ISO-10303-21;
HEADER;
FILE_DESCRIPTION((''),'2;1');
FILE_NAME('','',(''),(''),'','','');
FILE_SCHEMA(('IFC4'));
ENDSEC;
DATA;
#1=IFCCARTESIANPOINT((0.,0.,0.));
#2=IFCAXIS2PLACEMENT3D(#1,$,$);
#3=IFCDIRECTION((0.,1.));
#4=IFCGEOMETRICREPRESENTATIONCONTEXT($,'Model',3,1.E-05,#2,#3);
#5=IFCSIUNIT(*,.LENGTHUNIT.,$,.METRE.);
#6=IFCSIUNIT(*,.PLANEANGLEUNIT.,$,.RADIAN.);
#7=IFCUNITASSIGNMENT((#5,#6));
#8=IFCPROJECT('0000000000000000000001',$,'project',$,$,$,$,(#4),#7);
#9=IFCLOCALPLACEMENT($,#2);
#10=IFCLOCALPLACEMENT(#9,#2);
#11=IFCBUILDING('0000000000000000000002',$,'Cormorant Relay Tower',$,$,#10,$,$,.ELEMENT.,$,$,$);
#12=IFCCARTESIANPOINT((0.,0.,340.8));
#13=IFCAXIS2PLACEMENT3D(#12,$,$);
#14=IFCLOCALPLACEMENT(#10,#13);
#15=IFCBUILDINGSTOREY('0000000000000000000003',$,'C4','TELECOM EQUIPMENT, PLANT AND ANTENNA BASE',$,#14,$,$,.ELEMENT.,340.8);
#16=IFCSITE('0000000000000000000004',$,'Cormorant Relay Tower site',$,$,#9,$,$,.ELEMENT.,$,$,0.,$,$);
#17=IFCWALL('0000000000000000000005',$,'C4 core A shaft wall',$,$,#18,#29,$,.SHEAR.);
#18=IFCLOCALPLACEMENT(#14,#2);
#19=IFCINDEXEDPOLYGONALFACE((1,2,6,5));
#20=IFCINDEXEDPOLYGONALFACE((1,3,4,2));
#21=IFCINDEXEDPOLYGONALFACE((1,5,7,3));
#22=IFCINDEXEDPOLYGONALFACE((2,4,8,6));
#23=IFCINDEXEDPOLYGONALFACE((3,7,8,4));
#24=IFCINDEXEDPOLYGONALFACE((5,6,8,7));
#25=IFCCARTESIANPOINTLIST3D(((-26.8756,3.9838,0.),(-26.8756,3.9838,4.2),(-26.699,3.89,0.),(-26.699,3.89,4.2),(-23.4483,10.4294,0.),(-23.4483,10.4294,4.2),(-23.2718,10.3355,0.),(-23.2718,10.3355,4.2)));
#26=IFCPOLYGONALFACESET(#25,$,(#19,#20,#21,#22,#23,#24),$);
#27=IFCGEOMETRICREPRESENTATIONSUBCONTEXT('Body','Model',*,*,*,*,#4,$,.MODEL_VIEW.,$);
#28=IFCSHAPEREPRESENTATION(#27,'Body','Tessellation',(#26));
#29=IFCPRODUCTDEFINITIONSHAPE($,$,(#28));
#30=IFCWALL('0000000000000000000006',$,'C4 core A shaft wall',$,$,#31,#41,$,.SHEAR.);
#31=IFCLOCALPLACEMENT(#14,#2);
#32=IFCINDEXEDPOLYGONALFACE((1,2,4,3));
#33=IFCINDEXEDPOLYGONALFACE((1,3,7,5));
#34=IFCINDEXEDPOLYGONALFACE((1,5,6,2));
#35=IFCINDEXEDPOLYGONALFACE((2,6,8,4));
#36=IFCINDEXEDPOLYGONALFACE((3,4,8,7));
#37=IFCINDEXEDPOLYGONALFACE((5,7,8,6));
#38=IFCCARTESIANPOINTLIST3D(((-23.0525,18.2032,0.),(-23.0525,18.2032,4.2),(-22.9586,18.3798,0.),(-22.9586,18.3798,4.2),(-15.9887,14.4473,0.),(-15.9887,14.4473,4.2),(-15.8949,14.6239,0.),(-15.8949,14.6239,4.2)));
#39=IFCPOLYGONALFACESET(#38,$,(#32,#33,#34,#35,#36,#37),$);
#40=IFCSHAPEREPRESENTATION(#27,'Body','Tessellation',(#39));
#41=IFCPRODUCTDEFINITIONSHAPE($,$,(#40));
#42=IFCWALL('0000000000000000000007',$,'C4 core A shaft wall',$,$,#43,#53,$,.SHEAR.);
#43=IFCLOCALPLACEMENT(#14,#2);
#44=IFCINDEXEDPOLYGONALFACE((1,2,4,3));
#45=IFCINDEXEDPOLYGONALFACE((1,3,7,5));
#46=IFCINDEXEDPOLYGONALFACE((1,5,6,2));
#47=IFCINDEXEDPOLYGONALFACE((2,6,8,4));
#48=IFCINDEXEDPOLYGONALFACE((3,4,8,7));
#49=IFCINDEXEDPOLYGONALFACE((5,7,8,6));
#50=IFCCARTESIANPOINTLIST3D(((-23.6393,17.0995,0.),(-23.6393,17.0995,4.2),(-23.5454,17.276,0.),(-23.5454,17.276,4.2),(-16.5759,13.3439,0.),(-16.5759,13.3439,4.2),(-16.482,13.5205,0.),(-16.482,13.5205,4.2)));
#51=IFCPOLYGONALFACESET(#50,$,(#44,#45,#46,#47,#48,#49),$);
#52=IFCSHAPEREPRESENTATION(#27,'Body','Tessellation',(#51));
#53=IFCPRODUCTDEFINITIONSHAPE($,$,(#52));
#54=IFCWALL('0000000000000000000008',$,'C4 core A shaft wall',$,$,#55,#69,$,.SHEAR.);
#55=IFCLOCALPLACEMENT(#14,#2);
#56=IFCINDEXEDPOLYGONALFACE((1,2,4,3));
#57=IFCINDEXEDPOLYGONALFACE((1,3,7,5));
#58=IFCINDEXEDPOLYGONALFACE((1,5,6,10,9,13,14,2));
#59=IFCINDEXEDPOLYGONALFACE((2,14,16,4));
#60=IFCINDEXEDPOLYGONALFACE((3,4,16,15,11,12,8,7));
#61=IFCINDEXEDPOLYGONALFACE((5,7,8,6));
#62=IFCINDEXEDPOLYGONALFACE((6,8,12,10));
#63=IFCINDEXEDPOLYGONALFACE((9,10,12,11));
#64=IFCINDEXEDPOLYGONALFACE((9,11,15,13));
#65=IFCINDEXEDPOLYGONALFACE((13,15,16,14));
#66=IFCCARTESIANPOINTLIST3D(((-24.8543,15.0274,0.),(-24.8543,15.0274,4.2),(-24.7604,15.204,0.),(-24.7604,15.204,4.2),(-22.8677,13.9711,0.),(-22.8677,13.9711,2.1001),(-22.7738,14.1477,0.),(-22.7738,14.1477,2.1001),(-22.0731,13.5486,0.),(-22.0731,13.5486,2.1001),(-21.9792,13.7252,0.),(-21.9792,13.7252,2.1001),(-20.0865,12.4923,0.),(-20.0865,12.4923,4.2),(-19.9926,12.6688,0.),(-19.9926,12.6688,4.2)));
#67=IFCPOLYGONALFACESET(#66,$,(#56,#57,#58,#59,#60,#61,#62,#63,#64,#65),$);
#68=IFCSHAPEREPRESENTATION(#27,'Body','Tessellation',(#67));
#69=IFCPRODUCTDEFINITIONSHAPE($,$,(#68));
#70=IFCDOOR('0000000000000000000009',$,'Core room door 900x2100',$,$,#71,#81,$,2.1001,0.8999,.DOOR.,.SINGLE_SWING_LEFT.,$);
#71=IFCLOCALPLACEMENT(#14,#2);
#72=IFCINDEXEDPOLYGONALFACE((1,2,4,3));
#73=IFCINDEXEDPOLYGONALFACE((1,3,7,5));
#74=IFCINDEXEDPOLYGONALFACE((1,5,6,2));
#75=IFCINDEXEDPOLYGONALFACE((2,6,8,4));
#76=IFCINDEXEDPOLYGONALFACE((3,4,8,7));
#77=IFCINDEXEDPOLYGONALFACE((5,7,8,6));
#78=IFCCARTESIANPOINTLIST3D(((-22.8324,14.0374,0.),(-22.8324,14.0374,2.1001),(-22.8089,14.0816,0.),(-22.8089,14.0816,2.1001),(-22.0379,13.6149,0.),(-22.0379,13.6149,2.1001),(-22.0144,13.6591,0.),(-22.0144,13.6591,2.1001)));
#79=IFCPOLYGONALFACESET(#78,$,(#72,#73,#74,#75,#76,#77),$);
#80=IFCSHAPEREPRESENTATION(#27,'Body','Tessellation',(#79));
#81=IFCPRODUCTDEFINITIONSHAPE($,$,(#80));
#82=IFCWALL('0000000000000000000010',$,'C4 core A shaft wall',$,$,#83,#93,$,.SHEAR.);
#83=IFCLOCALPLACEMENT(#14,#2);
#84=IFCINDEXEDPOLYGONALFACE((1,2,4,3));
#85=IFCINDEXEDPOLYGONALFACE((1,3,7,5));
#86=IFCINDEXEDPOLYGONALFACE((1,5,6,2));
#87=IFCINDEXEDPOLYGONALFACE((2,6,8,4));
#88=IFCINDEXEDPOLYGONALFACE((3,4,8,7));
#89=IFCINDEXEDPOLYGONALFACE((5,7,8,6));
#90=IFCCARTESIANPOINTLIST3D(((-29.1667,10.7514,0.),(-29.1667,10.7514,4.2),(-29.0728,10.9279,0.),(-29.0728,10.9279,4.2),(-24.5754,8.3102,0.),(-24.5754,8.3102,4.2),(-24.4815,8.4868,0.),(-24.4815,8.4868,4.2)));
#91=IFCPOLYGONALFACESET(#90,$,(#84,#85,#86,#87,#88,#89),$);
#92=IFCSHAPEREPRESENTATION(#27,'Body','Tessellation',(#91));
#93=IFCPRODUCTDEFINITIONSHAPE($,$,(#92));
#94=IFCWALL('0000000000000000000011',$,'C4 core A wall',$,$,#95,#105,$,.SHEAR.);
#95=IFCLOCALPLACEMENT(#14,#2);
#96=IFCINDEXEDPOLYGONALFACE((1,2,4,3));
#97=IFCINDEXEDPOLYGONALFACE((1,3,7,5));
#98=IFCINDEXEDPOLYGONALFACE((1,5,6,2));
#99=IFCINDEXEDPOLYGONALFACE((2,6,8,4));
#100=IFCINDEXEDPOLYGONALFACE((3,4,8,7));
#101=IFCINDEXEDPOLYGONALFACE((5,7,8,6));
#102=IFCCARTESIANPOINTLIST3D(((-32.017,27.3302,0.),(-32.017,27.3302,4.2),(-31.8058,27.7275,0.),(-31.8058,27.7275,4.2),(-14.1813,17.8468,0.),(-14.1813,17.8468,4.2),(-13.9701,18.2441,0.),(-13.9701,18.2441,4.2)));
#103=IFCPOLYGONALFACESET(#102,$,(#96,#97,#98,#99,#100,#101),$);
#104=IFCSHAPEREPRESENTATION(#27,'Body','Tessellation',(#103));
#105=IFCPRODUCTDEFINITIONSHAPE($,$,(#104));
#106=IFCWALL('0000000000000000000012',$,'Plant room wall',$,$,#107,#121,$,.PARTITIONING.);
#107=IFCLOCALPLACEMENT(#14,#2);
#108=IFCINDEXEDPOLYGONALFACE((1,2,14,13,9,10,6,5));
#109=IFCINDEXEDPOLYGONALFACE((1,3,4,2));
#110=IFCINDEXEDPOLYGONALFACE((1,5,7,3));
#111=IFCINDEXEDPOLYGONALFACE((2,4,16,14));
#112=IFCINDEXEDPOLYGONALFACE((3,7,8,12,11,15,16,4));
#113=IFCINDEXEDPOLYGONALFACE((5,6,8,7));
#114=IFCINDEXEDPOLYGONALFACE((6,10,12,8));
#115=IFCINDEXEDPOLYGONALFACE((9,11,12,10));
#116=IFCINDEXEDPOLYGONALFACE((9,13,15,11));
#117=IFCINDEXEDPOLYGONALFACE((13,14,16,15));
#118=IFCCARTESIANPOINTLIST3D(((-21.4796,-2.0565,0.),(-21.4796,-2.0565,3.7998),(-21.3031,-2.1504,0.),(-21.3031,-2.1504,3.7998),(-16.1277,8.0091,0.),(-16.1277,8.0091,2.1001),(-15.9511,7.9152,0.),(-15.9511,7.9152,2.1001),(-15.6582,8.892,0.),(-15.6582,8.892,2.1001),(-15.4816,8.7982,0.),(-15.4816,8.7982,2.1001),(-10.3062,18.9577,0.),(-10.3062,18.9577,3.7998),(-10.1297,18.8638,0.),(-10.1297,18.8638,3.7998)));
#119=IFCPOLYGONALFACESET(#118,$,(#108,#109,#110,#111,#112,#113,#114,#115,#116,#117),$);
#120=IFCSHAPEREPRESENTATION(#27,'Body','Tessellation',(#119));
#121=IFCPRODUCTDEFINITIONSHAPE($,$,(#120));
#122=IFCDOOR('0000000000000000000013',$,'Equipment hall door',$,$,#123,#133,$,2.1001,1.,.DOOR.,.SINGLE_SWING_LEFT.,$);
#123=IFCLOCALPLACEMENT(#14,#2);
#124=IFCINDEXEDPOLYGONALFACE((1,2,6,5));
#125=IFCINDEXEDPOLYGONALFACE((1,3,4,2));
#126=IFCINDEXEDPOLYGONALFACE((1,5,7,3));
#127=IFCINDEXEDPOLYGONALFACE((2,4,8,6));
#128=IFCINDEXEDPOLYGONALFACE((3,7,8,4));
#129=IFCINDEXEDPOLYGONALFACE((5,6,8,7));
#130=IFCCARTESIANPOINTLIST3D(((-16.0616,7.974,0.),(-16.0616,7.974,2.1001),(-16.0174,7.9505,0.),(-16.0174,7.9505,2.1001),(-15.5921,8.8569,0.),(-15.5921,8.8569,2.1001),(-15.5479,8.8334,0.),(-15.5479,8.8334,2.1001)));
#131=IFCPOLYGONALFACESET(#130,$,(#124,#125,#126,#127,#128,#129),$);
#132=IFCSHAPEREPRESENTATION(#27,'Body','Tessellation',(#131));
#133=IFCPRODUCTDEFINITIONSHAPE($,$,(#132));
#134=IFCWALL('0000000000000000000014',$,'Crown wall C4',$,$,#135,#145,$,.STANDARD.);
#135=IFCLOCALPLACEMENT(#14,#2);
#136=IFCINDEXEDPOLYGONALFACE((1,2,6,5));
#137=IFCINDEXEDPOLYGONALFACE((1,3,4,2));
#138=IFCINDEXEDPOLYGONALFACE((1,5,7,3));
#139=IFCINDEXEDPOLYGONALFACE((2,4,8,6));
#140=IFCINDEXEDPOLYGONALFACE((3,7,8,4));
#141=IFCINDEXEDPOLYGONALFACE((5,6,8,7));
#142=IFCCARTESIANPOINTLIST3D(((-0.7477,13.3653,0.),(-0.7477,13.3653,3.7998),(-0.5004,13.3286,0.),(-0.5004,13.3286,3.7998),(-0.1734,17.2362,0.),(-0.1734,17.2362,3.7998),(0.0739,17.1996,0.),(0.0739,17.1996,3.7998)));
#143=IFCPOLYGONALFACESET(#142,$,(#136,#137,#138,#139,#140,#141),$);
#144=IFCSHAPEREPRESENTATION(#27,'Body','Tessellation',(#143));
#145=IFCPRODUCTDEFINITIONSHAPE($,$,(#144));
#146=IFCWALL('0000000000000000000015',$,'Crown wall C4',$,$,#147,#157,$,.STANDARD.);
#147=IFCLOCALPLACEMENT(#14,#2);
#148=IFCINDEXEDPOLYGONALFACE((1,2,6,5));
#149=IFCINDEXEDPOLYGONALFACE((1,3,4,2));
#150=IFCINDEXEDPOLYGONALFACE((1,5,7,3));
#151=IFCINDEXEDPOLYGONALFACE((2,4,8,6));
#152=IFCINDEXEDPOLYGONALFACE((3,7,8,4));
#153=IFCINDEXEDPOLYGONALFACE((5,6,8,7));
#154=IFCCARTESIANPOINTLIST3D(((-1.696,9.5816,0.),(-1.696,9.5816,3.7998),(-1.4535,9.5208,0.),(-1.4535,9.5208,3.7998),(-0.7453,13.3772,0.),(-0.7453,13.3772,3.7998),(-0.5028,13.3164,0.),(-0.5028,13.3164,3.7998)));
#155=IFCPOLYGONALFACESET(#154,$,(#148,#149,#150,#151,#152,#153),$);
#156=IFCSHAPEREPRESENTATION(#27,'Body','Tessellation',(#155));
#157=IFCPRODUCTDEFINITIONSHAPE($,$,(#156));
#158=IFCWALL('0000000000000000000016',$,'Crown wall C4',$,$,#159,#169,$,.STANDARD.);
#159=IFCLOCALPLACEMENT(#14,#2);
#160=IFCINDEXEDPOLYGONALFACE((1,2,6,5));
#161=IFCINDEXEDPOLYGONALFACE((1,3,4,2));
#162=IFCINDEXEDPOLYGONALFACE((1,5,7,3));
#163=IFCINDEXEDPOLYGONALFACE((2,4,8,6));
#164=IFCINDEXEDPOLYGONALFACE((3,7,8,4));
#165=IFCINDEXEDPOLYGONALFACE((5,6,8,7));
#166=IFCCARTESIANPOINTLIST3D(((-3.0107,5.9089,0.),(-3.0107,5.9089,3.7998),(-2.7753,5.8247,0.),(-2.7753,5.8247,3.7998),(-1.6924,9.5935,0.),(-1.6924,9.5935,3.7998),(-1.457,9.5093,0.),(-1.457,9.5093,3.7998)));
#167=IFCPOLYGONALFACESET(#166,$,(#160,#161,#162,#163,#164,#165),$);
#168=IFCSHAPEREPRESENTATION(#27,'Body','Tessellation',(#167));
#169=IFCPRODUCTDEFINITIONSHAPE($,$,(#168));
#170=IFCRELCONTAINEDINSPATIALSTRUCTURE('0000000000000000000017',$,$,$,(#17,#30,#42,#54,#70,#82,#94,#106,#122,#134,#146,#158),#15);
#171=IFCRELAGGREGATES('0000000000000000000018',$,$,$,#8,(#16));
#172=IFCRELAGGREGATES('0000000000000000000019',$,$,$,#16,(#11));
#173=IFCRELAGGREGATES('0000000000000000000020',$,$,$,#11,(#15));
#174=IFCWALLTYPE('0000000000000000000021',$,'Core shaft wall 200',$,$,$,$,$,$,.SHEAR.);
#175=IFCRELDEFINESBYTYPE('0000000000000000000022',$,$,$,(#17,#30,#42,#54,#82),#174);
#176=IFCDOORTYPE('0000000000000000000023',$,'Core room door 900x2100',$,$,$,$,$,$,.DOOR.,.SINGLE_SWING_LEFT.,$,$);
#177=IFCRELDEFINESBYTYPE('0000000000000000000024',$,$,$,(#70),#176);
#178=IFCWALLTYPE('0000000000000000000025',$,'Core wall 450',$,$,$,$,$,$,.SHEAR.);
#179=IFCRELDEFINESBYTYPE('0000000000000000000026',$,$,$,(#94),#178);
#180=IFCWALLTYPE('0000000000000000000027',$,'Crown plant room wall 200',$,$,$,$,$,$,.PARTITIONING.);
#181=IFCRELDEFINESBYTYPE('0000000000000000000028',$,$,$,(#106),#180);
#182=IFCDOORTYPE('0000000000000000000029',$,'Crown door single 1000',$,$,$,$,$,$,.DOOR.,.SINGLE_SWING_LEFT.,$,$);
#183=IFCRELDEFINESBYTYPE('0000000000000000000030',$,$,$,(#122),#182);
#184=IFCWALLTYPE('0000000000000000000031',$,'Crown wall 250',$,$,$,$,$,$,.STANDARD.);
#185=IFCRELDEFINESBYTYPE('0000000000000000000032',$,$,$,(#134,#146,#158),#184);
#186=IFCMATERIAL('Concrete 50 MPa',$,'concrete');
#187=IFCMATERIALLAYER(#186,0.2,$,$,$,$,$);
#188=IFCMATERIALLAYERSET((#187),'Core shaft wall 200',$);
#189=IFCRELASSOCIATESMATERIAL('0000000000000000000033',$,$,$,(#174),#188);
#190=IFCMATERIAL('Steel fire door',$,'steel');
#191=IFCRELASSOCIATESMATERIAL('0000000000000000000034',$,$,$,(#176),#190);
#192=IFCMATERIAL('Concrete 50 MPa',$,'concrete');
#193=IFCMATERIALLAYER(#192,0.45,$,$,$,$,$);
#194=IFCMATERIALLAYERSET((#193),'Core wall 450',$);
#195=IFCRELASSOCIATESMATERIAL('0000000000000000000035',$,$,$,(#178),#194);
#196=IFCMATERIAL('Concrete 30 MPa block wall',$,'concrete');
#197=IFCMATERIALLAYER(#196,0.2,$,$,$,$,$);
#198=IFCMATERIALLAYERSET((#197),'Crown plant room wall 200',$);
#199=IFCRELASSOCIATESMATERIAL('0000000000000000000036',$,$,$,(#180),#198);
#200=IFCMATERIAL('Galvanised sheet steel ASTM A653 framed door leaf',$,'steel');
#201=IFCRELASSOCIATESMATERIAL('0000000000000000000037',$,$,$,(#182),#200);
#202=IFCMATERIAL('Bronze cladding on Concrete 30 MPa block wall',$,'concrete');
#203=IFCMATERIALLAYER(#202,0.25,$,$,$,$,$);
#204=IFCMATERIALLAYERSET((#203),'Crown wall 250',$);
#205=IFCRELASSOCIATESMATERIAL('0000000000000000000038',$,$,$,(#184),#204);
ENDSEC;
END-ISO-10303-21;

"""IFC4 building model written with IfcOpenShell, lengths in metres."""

from ifc_helpers import new_model, si_unit, direction, frame, frame_2d, origin, place, context, subcontext, project, spatial, rectangle, extrude, material, layer, layer_set, type_object, element, fill, save


model = new_model("IFC4")

# Units and contexts
model_context = context("Model", 3, precision=1e-05, world=origin(), true_north=direction((0.0, 1.0)))
body_context = subcontext(model_context, "Body", "Model", "MODEL_VIEW")
ifc_project = project(units=[si_unit("LENGTHUNIT", "METRE"), si_unit("PLANEANGLEUNIT", "RADIAN")], contexts=[model_context])

# Site, building, storey
site_placement = place(None, origin())
site = spatial("IfcSite", under=ifc_project, at=site_placement, Name="Cormorant Relay Tower site", CompositionType="ELEMENT", RefElevation=0.0)
building_placement = place(site_placement, origin())
building = spatial("IfcBuilding", under=site, at=building_placement, Name="Cormorant Relay Tower", CompositionType="ELEMENT")
storey_placement = place(building_placement, frame((0.0, 0.0, 340.8)))
storey = spatial("IfcBuildingStorey", under=building, at=storey_placement, Name="C4", Description="TELECOM EQUIPMENT, PLANT AND ANTENNA BASE", CompositionType="ELEMENT", Elevation=340.8)

# Walls
ifc_material_1 = material(Name="Concrete 50 MPa", Category="concrete")
ifc_layer_1 = layer(ifc_material_1, 0.2)
ifc_layer_set_1 = layer_set([ifc_layer_1], Name="Core shaft wall 200")
wall_type_1 = type_object("IfcWallType", Name="Core shaft wall 200", PredefinedType="SHEAR", material=ifc_layer_set_1)
wall_1_placement = place(storey_placement, frame((-23.3601, 10.3823, 0.0), z_axis=(0.0, 0.0, 1.0), x_axis=(-0.46948, -0.882943, 0.0)))
element("IfcWall", 1, at=wall_1_placement, inside=storey, type_object=wall_type_1, Name="C4 core A shaft wall", PredefinedType="SHEAR", context=body_context, shape_type="SweptSolid", body=[
    extrude(rectangle(XDim=7.3, YDim=0.2, at=frame_2d((3.6499, 0.0))), origin(), (0.0, 0.0, 1.0), 4.2),
])
wall_2_placement = place(storey_placement, frame((-15.9419, 14.5356, 0.0), z_axis=(0.0, 0.0, 1.0), x_axis=(-0.882947, 0.469473, 0.0)))
element("IfcWall", 2, at=wall_2_placement, inside=storey, type_object=wall_type_1, Name="C4 core A shaft wall", PredefinedType="SHEAR", context=body_context, shape_type="SweptSolid", body=[
    extrude(rectangle(XDim=8.0002, YDim=0.2, at=frame_2d((4.0, 0.0))), origin(), (0.0, 0.0, 1.0), 4.2),
])
wall_3_placement = place(storey_placement, frame((-16.5288, 13.4321, 0.0), z_axis=(0.0, 0.0, 1.0), x_axis=(-0.882953, 0.469462, 0.0)))
element("IfcWall", 3, at=wall_3_placement, inside=storey, type_object=wall_type_1, Name="C4 core A shaft wall", PredefinedType="SHEAR", context=body_context, shape_type="SweptSolid", body=[
    extrude(rectangle(XDim=7.9998, YDim=0.2, at=frame_2d((4.0, 0.0))), origin(), (0.0, 0.0, 1.0), 4.2),
])

# Wall, opening, door
wall_4_placement = place(storey_placement, frame((-20.0396, 12.5806, 0.0), z_axis=(0.0, 0.0, 1.0), x_axis=(-0.882943, 0.46948, 0.0)))
wall_4 = element("IfcWall", 4, at=wall_4_placement, inside=storey, type_object=wall_type_1, Name="C4 core A shaft wall", PredefinedType="SHEAR", context=body_context, shape_type="SweptSolid", body=[
    extrude(rectangle(XDim=5.3999, YDim=0.2, at=frame_2d((2.7, 0.0))), origin(), (0.0, 0.0, 1.0), 4.2),
])
opening_1_placement = place(wall_4_placement, frame((2.25, 0.0, 0.0)))
opening_1 = element("IfcOpeningElement", 5, at=opening_1_placement, cuts=wall_4, PredefinedType="OPENING", context=body_context, shape_type="SweptSolid", body=[
    extrude(rectangle(XDim=0.8999, YDim=2.1001, at=frame_2d((0.45, 1.05))), frame((0.0, 0.1099, 0.0), z_axis=(0.0, -1.0, 0.0), x_axis=(1.0, 0.0, 0.0)), (0.0, 0.0, 1.0), 0.22),
])
ifc_material_2 = material(Name="Steel fire door", Category="steel")
door_type_1 = type_object("IfcDoorType", Name="Core room door 900x2100", OperationType="SINGLE_SWING_LEFT", PredefinedType="DOOR", material=ifc_material_2)
door_1_placement = place(opening_1_placement, origin())
door_1 = element("IfcDoor", 6, at=door_1_placement, inside=storey, type_object=door_type_1, Name="Core room door 900x2100", OperationType="SINGLE_SWING_LEFT", OverallHeight=2.1001, OverallWidth=0.8999, PredefinedType="DOOR", context=body_context, shape_type="SweptSolid", body=[
    extrude(rectangle(XDim=0.8999, YDim=2.1001, at=frame_2d((0.45, 1.05))), frame((0.0, 0.0249, 0.0), z_axis=(0.0, -1.0, 0.0), x_axis=(1.0, 0.0, 0.0)), (0.0, 0.0, 1.0), 0.05),
])
fill(opening_1, door_1)

# Wall
wall_5_placement = place(storey_placement, frame((-24.5283, 8.3984, 0.0), z_axis=(0.0, 0.0, 1.0), x_axis=(-0.882954, 0.46946, 0.0)))
element("IfcWall", 7, at=wall_5_placement, inside=storey, type_object=wall_type_1, Name="C4 core A shaft wall", PredefinedType="SHEAR", context=body_context, shape_type="SweptSolid", body=[
    extrude(rectangle(XDim=5.2, YDim=0.2, at=frame_2d((2.6001, 0.0))), origin(), (0.0, 0.0, 1.0), 4.2),
])

# Shared definitions
ifc_material_3 = material(Name="Concrete 50 MPa", Category="concrete")
ifc_layer_2 = layer(ifc_material_3, 0.45)
ifc_layer_set_2 = layer_set([ifc_layer_2], Name="Core wall 450")
wall_type_2 = type_object("IfcWallType", Name="Core wall 450", PredefinedType="SHEAR", material=ifc_layer_set_2)

# Wall
wall_6_placement = place(storey_placement, frame((-14.0757, 18.0454, 0.0), z_axis=(0.0, 0.0, 1.0), x_axis=(-0.882948, 0.469471, 0.0)))
element("IfcWall", 8, at=wall_6_placement, inside=storey, type_object=wall_type_2, Name="C4 core A wall", PredefinedType="SHEAR", context=body_context, shape_type="SweptSolid", body=[
    extrude(rectangle(XDim=20.2002, YDim=0.45, at=frame_2d((10.1001, 0.0))), origin(), (0.0, 0.0, 1.0), 4.2),
])

# Wall, opening, door
ifc_material_4 = material(Name="Concrete 30 MPa block wall", Category="concrete")
ifc_layer_3 = layer(ifc_material_4, 0.2)
ifc_layer_set_3 = layer_set([ifc_layer_3], Name="Crown plant room wall 200")
wall_type_3 = type_object("IfcWallType", Name="Crown plant room wall 200", PredefinedType="PARTITIONING", material=ifc_layer_set_3)
wall_7_placement = place(storey_placement, frame((-10.218, 18.9106, 0.0), z_axis=(0.0, 0.0, 1.0), x_axis=(-0.469469, -0.882949, 0.0)))
wall_7 = element("IfcWall", 9, at=wall_7_placement, inside=storey, type_object=wall_type_3, Name="Plant room wall", PredefinedType="PARTITIONING", context=body_context, shape_type="SweptSolid", body=[
    extrude(rectangle(XDim=23.8, YDim=0.2, at=frame_2d((11.8999, 0.0))), origin(), (0.0, 0.0, 1.0), 3.7998),
])
opening_2_placement = place(wall_7_placement, frame((11.3999, 0.0, 0.0)))
opening_2 = element("IfcOpeningElement", 10, at=opening_2_placement, cuts=wall_7, PredefinedType="OPENING", context=body_context, shape_type="SweptSolid", body=[
    extrude(rectangle(XDim=1.0, YDim=2.1001, at=frame_2d((0.5, 1.05))), frame((0.0, 0.1099, 0.0), z_axis=(0.0, -1.0, 0.0), x_axis=(1.0, 0.0, 0.0)), (0.0, 0.0, 1.0), 0.22),
])
ifc_material_5 = material(Name="Galvanised sheet steel ASTM A653 framed door leaf", Category="steel")
door_type_2 = type_object("IfcDoorType", Name="Crown door single 1000", OperationType="SINGLE_SWING_LEFT", PredefinedType="DOOR", material=ifc_material_5)
door_2_placement = place(opening_2_placement, origin())
door_2 = element("IfcDoor", 11, at=door_2_placement, inside=storey, type_object=door_type_2, Name="Equipment hall door", OperationType="SINGLE_SWING_LEFT", OverallHeight=2.1001, OverallWidth=1.0, PredefinedType="DOOR", context=body_context, shape_type="SweptSolid", body=[
    extrude(rectangle(XDim=1.0, YDim=2.1001, at=frame_2d((0.5, 1.05))), frame((0.0, 0.0249, 0.0), z_axis=(0.0, -1.0, 0.0), x_axis=(1.0, 0.0, 0.0)), (0.0, 0.0, 1.0), 0.05),
])
fill(opening_2, door_2)

# Walls
ifc_material_6 = material(Name="Bronze cladding on Concrete 30 MPa block wall", Category="concrete")
ifc_layer_4 = layer(ifc_material_6, 0.25)
ifc_layer_set_4 = layer_set([ifc_layer_4], Name="Crown wall 250")
wall_type_4 = type_object("IfcWallType", Name="Crown wall 250", PredefinedType="STANDARD", material=ifc_layer_set_4)
wall_8_placement = place(storey_placement, frame((-0.0498, 17.2178, 0.0), z_axis=(0.0, 0.0, 1.0), x_axis=(-0.146739, -0.989175, 0.0)))
element("IfcWall", 12, at=wall_8_placement, inside=storey, type_object=wall_type_4, Name="Crown wall C4", PredefinedType="STANDARD", context=body_context, shape_type="SweptSolid", body=[
    extrude(rectangle(XDim=3.9133, YDim=0.25, at=frame_2d((1.9565, 0.0))), origin(), (0.0, 0.0, 1.0), 3.7998),
])
wall_9_placement = place(storey_placement, frame((-0.624, 13.3469, 0.0), z_axis=(0.0, 0.0, 1.0), x_axis=(-0.242961, -0.970036, 0.0)))
element("IfcWall", 13, at=wall_9_placement, inside=storey, type_object=wall_type_4, Name="Crown wall C4", PredefinedType="STANDARD", context=body_context, shape_type="SweptSolid", body=[
    extrude(rectangle(XDim=3.9128, YDim=0.25, at=frame_2d((1.9565, 0.0))), origin(), (0.0, 0.0, 1.0), 3.7998),
])
wall_10_placement = place(storey_placement, frame((-1.5747, 9.5513, 0.0), z_axis=(0.0, 0.0, 1.0), x_axis=(-0.33689, -0.941544, 0.0)))
element("IfcWall", 14, at=wall_10_placement, inside=storey, type_object=wall_type_4, Name="Crown wall C4", PredefinedType="STANDARD", context=body_context, shape_type="SweptSolid", body=[
    extrude(rectangle(XDim=3.9133, YDim=0.25, at=frame_2d((1.9565, 0.0))), origin(), (0.0, 0.0, 1.0), 3.7998),
])

save(model, "model.ifc")
